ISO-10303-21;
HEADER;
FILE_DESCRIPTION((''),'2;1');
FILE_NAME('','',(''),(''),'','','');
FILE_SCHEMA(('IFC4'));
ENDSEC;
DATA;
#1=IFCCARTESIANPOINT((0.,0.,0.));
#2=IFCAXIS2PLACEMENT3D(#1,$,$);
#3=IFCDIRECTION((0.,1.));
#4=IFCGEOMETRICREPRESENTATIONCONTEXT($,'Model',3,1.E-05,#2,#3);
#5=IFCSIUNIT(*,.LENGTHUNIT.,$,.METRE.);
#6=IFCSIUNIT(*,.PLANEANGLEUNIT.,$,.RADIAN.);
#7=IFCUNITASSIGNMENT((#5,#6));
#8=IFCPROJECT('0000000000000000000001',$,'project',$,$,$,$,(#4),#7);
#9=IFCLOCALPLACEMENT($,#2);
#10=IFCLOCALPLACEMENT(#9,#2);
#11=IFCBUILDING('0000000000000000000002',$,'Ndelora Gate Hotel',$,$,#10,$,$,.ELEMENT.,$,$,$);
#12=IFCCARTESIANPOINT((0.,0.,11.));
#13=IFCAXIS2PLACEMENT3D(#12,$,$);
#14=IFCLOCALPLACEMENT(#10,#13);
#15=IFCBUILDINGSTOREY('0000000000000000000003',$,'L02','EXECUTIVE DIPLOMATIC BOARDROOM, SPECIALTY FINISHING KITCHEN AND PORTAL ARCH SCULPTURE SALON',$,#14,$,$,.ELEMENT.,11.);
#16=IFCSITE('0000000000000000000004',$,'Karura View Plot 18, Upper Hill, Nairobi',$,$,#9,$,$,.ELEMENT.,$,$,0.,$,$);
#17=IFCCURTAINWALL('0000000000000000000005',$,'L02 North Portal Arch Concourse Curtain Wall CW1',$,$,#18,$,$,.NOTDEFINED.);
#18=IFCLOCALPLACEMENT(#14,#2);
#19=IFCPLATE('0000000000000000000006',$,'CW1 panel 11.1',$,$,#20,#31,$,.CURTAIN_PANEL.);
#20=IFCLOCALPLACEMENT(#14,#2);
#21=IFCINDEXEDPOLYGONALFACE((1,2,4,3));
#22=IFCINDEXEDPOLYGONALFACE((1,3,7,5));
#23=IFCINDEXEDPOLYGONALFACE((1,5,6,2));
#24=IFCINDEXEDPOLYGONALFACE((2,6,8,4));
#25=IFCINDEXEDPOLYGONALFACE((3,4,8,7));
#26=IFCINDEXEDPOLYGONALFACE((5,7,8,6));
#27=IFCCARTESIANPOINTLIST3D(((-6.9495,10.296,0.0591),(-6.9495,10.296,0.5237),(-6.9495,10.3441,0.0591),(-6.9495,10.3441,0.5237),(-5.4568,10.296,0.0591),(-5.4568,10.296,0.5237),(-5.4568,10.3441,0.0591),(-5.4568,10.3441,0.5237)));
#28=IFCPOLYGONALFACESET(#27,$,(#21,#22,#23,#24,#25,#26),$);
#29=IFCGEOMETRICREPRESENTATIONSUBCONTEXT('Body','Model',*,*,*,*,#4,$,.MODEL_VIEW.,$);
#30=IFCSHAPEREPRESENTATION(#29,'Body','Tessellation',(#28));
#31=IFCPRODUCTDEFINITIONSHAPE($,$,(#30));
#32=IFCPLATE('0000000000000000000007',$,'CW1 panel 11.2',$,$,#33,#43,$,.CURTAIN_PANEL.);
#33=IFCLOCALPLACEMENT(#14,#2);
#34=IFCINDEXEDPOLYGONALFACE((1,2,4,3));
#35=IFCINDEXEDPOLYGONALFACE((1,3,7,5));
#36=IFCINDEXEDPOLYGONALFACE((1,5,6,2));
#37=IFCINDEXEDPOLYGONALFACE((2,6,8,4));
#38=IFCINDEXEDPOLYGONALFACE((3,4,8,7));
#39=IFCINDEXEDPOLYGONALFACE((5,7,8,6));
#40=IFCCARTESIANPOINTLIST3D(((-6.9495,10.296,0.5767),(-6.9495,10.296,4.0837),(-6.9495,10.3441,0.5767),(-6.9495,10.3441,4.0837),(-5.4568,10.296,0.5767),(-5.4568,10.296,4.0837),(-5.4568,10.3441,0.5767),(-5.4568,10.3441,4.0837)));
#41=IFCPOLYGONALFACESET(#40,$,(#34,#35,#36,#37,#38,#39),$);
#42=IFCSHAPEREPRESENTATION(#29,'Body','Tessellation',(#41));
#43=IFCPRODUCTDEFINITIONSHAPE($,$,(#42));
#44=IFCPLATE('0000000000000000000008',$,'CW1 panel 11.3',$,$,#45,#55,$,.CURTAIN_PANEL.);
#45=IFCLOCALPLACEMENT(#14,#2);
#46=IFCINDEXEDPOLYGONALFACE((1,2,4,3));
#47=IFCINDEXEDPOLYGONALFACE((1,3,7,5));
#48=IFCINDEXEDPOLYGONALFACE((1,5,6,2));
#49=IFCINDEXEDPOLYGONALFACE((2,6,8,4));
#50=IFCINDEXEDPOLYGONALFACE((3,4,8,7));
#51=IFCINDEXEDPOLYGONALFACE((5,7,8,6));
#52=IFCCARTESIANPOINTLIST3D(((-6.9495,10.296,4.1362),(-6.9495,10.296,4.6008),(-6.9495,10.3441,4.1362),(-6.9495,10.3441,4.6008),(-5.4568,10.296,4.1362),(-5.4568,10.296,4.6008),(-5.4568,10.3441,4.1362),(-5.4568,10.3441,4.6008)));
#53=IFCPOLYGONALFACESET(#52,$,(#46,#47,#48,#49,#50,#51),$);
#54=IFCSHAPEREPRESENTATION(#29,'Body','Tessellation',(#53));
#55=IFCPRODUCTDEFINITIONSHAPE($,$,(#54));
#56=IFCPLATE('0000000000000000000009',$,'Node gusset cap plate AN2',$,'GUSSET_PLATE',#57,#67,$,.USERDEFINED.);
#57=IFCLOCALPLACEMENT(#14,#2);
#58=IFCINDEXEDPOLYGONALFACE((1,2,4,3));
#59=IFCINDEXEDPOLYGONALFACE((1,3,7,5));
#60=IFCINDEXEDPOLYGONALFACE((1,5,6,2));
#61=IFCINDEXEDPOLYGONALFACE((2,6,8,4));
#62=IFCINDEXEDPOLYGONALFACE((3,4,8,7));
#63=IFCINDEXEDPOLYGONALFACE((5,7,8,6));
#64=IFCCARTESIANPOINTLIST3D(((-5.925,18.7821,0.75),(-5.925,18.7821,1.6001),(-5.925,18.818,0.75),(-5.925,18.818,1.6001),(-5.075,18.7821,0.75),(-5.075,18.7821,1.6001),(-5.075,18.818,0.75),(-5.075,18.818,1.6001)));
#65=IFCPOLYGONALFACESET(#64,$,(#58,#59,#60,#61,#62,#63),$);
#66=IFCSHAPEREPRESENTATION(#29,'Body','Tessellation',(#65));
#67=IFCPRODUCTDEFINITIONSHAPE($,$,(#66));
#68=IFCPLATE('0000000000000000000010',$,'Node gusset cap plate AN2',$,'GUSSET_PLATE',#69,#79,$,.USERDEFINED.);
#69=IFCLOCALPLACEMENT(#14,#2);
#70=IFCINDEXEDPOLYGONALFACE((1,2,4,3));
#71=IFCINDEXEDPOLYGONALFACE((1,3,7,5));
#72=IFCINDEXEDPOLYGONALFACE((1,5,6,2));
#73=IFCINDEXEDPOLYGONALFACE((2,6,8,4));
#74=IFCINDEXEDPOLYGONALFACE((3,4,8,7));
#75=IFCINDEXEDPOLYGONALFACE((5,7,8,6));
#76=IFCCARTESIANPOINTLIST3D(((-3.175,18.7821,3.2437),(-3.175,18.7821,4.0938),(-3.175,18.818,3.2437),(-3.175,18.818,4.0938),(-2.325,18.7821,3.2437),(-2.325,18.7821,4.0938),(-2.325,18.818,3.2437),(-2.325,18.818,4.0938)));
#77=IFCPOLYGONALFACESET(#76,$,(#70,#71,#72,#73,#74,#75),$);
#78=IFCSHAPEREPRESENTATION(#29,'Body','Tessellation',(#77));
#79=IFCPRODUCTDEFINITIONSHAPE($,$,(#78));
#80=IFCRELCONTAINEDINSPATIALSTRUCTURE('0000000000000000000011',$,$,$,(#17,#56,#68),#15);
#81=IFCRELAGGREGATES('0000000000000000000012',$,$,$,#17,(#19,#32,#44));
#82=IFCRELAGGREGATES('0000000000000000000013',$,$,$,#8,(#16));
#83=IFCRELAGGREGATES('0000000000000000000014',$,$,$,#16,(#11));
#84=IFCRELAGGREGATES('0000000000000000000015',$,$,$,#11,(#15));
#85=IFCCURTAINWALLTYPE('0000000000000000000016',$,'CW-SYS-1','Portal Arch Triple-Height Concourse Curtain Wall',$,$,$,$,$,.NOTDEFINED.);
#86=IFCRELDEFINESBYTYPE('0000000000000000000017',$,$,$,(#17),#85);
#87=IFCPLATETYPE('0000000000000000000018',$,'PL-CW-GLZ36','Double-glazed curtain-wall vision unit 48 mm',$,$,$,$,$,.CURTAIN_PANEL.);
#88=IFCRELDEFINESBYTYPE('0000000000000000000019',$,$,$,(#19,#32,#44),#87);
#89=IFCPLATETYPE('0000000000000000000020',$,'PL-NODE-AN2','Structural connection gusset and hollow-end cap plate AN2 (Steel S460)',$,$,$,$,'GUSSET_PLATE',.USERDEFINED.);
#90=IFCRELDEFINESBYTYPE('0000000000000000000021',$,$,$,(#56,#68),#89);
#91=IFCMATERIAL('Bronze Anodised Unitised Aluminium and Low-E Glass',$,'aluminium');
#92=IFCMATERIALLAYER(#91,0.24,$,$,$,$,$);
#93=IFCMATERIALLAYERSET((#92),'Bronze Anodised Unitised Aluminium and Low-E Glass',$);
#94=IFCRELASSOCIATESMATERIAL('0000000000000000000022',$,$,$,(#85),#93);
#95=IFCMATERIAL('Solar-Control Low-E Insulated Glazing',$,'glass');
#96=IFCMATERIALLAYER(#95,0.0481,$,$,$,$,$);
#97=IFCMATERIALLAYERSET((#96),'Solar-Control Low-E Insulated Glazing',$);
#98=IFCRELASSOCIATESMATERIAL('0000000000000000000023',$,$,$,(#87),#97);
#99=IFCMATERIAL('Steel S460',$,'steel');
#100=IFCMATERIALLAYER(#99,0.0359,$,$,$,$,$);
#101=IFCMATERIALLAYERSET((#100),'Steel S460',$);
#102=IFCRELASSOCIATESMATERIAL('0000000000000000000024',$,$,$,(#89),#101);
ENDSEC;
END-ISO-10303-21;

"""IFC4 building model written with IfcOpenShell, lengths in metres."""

from ifc_helpers import new_model, si_unit, direction, frame, origin, origin_2d, place, context, subcontext, project, spatial, rectangle, extrude, material, layer, layer_set, type_object, element, aggregate, save


model = new_model("IFC4")

# Units and contexts
model_context = context("Model", 3, precision=1e-05, world=origin(), true_north=direction((0.0, 1.0)))
body_context = subcontext(model_context, "Body", "Model", "MODEL_VIEW")
ifc_project = project(units=[si_unit("LENGTHUNIT", "METRE"), si_unit("PLANEANGLEUNIT", "RADIAN")], contexts=[model_context])

# Site, building, storey
site_placement = place(None, origin())
site = spatial("IfcSite", under=ifc_project, at=site_placement, Name="Karura View Plot 18, Upper Hill, Nairobi", CompositionType="ELEMENT", RefElevation=0.0)
building_placement = place(site_placement, origin())
building = spatial("IfcBuilding", under=site, at=building_placement, Name="Ndelora Gate Hotel", CompositionType="ELEMENT")
storey_placement = place(building_placement, frame((0.0, 0.0, 11.0)))
storey = spatial("IfcBuildingStorey", under=building, at=storey_placement, Name="L02", Description="EXECUTIVE DIPLOMATIC BOARDROOM, SPECIALTY FINISHING KITCHEN AND PORTAL ARCH SCULPTURE SALON", CompositionType="ELEMENT", Elevation=11.0)

# Shared definitions
ifc_material_1 = material(Name="Steel S460", Category="steel")

# Curtain wall, plates
ifc_material_2 = material(Name="Bronze Anodised Unitised Aluminium and Low-E Glass", Category="aluminium")
ifc_layer_1 = layer(ifc_material_2, 0.24)
ifc_layer_set_1 = layer_set([ifc_layer_1], Name="Bronze Anodised Unitised Aluminium and Low-E Glass")
curtain_wall_type = type_object("IfcCurtainWallType", Name="CW-SYS-1", Description="Portal Arch Triple-Height Concourse Curtain Wall", PredefinedType="NOTDEFINED", material=ifc_layer_set_1)
curtain_wall_placement = place(storey_placement, origin())
curtain_wall = element("IfcCurtainWall", 1, at=curtain_wall_placement, inside=storey, type_object=curtain_wall_type, Name="L02 North Portal Arch Concourse Curtain Wall CW1", PredefinedType="NOTDEFINED")
ifc_material_3 = material(Name="Solar-Control Low-E Insulated Glazing", Category="glass")
ifc_layer_2 = layer(ifc_material_3, 0.0481)
ifc_layer_set_2 = layer_set([ifc_layer_2], Name="Solar-Control Low-E Insulated Glazing")
plate_type_1 = type_object("IfcPlateType", Name="PL-CW-GLZ36", Description="Double-glazed curtain-wall vision unit 48 mm", PredefinedType="CURTAIN_PANEL", material=ifc_layer_set_2)
plate_1_placement = place(storey_placement, frame((-6.2031, 10.3201, 0.0591), z_axis=(0.0, 0.0, 1.0), x_axis=(-1.0, 0.0, 0.0)))
plate_1 = element("IfcPlate", 2, at=plate_1_placement, type_object=plate_type_1, Name="CW1 panel 11.1", PredefinedType="CURTAIN_PANEL", context=body_context, shape_type="SweptSolid", body=[
    extrude(rectangle(XDim=1.4927, YDim=0.0481, at=origin_2d()), origin(), (0.0, 0.0, 1.0), 0.4646),
])
plate_2_placement = place(storey_placement, frame((-6.2031, 10.3201, 0.5767), z_axis=(0.0, 0.0, 1.0), x_axis=(-1.0, 0.0, 0.0)))
plate_2 = element("IfcPlate", 3, at=plate_2_placement, type_object=plate_type_1, Name="CW1 panel 11.2", PredefinedType="CURTAIN_PANEL", context=body_context, shape_type="SweptSolid", body=[
    extrude(rectangle(XDim=1.4927, YDim=0.0481, at=origin_2d()), origin(), (0.0, 0.0, 1.0), 3.5071),
])
plate_3_placement = place(storey_placement, frame((-6.2031, 10.3201, 4.1362), z_axis=(0.0, 0.0, 1.0), x_axis=(-1.0, 0.0, 0.0)))
plate_3 = element("IfcPlate", 4, at=plate_3_placement, type_object=plate_type_1, Name="CW1 panel 11.3", PredefinedType="CURTAIN_PANEL", context=body_context, shape_type="SweptSolid", body=[
    extrude(rectangle(XDim=1.4927, YDim=0.0481, at=origin_2d()), origin(), (0.0, 0.0, 1.0), 0.4646),
])
aggregate(curtain_wall, [plate_1, plate_2, plate_3])

# Plates
ifc_layer_3 = layer(ifc_material_1, 0.0359)
ifc_layer_set_3 = layer_set([ifc_layer_3], Name="Steel S460")
plate_type_2 = type_object("IfcPlateType", Name="PL-NODE-AN2", Description="Structural connection gusset and hollow-end cap plate AN2 (Steel S460)", ElementType="GUSSET_PLATE", PredefinedType="USERDEFINED", material=ifc_layer_set_3)
for number, where, z_axis, x_axis, name in (
    (5, (-5.5, 18.8, 0.75), (0.0, 0.0, 1.0), (1.0, 0.0, 0.0), "Node gusset cap plate AN2"),
    (6, (-2.75, 18.8, 3.2437), (0.0, 0.0, 1.0), (1.0, 0.0, 0.0), "Node gusset cap plate AN2"),
):
    element("IfcPlate", number, at=place(storey_placement, frame(where, z_axis=z_axis, x_axis=x_axis)), inside=storey, type_object=plate_type_2, Name=name, ObjectType="GUSSET_PLATE", PredefinedType="USERDEFINED", context=body_context, shape_type="SweptSolid", body=[
        extrude(rectangle(XDim=0.8501, YDim=0.0359, at=origin_2d()), origin(), (0.0, 0.0, 1.0), 0.8501),
    ])

save(model, "model.ifc")
